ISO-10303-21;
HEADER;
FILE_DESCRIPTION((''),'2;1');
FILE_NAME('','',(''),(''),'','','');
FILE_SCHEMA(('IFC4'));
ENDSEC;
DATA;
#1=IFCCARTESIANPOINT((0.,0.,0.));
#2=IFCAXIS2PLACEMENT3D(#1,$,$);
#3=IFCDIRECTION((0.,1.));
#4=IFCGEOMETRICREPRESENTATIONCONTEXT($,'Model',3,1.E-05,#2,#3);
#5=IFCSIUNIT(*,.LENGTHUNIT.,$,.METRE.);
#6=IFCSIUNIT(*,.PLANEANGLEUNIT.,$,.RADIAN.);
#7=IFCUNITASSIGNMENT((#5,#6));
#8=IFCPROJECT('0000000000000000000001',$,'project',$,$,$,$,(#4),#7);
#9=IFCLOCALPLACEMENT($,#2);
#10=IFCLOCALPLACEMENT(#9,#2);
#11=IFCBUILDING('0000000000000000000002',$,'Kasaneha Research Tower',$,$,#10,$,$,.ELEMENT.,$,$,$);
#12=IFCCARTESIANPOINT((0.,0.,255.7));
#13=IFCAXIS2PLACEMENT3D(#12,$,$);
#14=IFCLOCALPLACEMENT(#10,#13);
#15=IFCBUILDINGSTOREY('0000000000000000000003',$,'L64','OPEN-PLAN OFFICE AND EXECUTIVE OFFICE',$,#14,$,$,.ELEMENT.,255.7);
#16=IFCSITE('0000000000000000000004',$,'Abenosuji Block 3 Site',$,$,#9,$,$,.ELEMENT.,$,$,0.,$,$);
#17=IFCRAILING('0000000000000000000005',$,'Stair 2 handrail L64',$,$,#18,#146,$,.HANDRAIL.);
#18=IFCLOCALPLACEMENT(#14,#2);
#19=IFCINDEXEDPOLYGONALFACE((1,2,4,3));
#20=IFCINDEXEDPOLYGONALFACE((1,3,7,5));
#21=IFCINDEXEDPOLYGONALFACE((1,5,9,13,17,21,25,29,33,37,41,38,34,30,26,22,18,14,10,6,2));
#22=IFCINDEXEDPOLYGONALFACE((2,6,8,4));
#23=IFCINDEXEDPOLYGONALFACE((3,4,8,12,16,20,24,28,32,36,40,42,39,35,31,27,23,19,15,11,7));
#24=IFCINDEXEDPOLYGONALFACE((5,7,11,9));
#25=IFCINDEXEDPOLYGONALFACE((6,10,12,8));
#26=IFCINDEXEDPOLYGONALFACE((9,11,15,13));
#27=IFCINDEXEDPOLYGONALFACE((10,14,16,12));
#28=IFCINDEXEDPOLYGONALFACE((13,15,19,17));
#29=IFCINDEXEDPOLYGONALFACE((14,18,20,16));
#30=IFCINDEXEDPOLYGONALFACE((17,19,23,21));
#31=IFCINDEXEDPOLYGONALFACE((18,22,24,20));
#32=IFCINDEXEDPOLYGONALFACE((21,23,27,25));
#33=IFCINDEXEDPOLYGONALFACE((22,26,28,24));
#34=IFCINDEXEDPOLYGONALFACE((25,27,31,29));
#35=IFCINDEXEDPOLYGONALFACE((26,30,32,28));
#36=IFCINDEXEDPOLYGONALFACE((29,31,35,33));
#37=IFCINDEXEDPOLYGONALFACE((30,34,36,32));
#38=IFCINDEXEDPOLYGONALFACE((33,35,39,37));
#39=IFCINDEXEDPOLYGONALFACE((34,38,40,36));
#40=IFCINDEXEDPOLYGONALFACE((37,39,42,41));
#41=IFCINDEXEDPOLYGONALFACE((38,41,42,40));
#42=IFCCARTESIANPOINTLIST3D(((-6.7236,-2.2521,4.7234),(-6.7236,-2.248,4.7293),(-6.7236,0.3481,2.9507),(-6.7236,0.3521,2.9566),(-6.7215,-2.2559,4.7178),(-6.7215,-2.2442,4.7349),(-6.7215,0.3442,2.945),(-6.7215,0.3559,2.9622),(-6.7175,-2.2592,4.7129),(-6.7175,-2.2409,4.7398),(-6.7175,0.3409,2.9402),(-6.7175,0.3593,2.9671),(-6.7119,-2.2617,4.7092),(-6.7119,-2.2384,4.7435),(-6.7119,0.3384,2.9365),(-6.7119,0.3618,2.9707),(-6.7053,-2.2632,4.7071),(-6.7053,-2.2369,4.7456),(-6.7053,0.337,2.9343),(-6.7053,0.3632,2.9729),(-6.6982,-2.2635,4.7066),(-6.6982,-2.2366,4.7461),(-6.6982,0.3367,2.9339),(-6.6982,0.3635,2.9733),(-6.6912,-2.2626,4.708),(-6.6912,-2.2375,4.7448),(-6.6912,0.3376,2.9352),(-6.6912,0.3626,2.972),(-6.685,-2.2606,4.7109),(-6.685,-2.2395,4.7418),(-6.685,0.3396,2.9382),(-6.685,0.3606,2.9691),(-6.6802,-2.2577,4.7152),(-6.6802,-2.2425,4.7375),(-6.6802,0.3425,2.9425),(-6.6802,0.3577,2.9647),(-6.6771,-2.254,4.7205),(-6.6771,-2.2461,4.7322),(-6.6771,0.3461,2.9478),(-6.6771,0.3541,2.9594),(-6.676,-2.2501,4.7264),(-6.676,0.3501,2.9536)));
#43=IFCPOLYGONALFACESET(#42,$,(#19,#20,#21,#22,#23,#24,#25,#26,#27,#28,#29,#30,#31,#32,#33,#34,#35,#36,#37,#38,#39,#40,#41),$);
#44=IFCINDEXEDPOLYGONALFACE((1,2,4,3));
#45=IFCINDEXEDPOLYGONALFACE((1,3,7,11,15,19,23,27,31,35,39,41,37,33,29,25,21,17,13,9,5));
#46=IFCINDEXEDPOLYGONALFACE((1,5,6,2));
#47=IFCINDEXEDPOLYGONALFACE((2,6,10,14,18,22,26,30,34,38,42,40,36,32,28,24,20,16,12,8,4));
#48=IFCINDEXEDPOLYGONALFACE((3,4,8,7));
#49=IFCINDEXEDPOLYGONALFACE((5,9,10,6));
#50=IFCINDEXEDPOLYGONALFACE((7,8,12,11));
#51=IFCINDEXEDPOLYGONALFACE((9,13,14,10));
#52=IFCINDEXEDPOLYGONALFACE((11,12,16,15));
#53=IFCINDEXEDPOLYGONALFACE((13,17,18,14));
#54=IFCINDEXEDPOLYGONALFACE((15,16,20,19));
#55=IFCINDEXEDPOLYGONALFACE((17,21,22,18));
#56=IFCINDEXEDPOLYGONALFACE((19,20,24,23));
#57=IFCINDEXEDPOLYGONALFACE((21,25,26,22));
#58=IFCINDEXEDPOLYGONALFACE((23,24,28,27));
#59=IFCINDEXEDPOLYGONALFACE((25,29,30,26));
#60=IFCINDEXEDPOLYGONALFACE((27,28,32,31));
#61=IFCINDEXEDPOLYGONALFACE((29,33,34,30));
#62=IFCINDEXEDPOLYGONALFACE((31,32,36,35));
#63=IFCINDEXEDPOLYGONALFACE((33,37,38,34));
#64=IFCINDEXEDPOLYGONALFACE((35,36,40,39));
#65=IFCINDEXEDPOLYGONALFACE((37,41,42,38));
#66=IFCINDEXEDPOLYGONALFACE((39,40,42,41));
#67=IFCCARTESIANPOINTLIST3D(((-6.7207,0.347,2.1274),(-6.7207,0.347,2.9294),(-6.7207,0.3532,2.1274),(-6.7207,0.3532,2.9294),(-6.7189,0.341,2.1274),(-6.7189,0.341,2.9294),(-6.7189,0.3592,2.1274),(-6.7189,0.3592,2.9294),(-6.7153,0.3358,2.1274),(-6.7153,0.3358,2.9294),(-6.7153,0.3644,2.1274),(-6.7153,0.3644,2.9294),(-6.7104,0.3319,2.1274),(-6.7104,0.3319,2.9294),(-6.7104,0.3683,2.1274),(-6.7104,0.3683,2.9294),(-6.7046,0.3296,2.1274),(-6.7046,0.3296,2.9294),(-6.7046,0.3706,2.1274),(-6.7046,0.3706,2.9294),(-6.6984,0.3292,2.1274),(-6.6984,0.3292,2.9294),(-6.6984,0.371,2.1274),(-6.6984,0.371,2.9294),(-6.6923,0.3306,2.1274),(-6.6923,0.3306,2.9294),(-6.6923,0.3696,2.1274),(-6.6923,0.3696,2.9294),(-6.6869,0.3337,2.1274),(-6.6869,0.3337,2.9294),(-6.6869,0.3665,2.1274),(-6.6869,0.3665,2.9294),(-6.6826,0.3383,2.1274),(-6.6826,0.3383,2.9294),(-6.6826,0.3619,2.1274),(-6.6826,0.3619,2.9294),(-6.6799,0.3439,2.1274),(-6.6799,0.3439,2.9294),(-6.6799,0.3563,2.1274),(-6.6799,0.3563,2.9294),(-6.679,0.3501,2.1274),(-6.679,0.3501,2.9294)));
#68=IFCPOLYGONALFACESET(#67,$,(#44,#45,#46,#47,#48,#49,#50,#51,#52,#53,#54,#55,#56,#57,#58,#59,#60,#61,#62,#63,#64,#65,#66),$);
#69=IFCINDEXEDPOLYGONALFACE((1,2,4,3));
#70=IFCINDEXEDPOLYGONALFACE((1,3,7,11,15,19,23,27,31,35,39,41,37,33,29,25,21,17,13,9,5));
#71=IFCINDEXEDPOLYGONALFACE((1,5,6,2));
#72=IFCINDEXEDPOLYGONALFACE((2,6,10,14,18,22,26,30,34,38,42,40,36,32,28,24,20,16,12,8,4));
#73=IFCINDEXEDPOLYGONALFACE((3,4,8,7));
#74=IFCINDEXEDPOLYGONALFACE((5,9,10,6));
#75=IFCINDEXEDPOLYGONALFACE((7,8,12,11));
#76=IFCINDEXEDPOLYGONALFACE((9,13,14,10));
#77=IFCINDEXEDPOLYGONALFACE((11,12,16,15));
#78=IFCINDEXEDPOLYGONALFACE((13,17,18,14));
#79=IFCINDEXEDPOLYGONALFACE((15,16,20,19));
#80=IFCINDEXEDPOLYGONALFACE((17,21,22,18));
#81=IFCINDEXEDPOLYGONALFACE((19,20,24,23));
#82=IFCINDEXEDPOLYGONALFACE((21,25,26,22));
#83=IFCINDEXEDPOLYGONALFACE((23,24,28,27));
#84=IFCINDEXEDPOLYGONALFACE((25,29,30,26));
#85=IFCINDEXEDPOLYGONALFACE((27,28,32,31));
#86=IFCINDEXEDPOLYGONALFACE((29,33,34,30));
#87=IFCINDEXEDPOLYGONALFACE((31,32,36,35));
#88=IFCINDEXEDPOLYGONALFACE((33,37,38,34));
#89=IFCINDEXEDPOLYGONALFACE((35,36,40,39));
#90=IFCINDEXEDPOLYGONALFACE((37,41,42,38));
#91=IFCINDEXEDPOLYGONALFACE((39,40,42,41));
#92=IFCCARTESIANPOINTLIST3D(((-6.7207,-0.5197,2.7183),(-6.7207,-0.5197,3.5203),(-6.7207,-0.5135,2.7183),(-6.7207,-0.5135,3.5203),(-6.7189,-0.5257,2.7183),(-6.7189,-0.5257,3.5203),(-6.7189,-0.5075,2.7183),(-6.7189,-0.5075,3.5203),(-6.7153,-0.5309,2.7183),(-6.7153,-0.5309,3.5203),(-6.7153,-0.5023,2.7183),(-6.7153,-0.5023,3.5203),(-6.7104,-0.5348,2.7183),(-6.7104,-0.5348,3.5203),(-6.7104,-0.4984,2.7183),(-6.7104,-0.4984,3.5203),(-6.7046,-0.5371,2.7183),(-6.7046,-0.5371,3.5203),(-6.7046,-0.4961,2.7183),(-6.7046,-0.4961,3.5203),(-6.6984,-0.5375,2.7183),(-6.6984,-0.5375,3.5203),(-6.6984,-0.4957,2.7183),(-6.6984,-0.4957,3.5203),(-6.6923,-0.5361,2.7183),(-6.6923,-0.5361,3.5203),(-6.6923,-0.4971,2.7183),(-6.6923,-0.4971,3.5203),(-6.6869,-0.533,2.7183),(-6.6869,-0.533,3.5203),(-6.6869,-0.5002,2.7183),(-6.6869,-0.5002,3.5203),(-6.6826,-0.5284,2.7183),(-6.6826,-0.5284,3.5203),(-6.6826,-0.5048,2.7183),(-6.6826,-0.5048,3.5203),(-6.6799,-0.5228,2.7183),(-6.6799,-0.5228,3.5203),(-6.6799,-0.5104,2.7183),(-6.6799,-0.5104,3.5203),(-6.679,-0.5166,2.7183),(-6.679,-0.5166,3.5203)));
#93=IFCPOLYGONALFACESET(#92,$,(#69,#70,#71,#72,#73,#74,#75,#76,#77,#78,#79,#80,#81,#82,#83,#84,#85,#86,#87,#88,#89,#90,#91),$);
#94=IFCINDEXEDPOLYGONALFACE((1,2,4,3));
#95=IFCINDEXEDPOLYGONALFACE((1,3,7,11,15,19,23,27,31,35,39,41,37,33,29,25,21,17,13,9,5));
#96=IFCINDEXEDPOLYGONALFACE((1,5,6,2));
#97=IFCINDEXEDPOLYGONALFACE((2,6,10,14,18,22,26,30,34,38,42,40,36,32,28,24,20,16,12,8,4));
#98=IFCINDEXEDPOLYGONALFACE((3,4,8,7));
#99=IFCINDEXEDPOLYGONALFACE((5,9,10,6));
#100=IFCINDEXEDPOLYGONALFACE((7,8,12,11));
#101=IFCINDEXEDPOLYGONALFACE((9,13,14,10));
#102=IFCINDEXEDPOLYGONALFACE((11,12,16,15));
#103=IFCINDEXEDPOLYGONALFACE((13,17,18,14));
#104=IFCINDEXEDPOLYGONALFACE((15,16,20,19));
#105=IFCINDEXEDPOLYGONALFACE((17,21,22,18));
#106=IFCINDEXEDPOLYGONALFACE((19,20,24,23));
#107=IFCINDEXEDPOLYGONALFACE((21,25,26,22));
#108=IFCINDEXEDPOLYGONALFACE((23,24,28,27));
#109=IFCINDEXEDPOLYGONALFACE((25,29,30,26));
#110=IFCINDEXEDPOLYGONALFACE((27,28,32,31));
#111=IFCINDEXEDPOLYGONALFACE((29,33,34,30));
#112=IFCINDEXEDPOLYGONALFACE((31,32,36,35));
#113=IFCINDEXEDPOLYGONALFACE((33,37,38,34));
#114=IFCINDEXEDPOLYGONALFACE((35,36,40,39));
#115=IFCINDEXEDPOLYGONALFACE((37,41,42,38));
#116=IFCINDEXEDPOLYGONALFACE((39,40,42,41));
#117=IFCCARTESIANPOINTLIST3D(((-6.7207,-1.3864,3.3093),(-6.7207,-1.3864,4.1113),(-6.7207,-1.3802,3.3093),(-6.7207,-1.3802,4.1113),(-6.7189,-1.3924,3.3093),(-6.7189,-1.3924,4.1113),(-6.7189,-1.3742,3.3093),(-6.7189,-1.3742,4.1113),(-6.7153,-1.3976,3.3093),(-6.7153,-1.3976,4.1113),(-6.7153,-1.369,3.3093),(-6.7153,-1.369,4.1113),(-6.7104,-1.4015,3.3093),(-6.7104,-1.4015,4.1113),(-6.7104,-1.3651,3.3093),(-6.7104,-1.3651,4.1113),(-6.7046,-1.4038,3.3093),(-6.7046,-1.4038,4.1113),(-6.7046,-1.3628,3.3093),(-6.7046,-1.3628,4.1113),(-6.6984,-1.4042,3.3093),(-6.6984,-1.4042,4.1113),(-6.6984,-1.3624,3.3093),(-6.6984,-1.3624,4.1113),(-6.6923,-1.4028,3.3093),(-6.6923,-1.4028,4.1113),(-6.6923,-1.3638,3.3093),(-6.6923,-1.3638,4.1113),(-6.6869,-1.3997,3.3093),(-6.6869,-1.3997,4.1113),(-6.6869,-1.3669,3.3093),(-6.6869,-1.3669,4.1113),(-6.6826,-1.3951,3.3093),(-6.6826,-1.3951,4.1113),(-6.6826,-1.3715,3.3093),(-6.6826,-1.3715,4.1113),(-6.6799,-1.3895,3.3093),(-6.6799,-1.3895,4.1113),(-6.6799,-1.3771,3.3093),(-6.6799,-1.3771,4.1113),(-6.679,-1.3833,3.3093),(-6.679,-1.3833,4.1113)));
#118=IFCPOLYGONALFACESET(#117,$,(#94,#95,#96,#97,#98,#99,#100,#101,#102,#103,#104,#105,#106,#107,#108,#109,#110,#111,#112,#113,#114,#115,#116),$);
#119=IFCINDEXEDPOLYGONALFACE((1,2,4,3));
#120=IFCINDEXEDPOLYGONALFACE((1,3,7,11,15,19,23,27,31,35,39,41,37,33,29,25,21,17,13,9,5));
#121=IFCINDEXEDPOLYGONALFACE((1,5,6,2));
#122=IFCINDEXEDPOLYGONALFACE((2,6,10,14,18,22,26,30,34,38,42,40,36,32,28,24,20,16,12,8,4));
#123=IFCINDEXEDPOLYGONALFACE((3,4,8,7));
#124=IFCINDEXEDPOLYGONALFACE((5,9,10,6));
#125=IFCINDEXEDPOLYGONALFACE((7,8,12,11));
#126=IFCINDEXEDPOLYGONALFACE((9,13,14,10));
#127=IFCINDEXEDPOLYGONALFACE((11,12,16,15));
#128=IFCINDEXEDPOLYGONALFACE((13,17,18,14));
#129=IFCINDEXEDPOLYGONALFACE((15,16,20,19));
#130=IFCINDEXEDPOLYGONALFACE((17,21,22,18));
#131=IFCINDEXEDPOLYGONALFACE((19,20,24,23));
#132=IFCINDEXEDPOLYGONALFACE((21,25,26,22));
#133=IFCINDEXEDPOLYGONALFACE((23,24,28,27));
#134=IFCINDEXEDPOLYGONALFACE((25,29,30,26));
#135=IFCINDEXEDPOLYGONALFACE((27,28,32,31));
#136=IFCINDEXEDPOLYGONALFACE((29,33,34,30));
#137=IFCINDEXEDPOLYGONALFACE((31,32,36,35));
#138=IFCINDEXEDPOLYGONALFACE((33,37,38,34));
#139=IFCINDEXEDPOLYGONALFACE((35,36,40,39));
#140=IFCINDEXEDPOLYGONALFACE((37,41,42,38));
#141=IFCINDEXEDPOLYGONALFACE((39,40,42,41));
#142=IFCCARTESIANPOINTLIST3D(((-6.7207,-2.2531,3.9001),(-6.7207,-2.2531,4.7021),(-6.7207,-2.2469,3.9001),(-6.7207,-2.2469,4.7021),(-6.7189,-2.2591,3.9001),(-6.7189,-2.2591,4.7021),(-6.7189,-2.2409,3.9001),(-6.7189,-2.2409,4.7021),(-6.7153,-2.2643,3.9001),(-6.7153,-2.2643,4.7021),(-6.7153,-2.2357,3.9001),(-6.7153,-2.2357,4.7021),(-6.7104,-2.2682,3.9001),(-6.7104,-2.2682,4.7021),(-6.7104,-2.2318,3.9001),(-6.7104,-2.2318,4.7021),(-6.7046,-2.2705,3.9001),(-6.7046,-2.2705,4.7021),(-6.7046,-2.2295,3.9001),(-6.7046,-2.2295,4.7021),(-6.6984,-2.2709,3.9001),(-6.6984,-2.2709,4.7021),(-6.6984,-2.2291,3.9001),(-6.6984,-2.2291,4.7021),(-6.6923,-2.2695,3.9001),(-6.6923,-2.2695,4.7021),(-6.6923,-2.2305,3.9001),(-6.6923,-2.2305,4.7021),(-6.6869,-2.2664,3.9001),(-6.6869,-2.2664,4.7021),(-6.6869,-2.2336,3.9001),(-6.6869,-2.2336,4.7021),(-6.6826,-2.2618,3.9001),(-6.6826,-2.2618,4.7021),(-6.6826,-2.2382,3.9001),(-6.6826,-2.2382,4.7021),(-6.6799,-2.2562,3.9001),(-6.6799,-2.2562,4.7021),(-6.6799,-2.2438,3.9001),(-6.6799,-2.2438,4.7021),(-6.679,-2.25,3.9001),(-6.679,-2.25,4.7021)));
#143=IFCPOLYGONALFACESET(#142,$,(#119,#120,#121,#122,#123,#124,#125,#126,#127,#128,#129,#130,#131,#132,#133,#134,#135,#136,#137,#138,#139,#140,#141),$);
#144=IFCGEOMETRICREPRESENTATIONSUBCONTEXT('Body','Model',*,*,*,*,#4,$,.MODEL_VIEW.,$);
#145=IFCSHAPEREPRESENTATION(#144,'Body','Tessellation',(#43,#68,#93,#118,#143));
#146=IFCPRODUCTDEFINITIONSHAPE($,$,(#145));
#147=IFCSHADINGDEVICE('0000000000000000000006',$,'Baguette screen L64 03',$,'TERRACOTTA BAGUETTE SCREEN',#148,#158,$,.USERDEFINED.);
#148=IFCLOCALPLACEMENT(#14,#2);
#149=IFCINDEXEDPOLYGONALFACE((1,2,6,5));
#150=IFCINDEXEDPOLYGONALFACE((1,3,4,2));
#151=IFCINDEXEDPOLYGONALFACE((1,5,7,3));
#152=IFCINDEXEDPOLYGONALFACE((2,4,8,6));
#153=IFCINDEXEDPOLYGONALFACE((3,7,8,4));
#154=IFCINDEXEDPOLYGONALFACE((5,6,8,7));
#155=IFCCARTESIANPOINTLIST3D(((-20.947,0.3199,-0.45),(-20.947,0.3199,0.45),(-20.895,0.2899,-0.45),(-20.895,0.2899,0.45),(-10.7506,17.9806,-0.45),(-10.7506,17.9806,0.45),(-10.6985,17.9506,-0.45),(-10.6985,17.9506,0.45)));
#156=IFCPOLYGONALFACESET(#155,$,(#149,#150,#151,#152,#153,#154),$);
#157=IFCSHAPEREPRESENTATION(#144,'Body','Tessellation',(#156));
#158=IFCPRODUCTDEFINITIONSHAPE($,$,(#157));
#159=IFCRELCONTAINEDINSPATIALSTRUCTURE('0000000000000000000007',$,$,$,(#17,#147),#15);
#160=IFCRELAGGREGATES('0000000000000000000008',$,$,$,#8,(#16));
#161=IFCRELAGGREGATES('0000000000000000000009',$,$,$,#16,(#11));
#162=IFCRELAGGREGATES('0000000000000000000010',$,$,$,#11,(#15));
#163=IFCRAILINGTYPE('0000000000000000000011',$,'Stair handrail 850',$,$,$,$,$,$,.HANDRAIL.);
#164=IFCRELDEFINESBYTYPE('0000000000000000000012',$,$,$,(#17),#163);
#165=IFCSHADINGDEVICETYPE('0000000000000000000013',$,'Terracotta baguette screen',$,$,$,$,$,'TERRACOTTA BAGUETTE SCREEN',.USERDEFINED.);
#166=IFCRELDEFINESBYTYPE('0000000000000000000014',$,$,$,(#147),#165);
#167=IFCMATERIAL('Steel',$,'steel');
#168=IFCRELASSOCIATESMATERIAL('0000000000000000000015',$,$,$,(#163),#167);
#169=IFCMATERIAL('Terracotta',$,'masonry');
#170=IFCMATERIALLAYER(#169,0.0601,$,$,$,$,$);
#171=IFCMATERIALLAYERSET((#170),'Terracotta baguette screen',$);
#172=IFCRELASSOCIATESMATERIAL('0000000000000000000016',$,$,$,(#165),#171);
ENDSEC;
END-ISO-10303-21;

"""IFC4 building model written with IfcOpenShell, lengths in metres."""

from ifc_helpers import new_model, si_unit, direction, frame, origin, origin_2d, place, context, subcontext, project, spatial, rectangle, circle, extrude, material, layer, layer_set, type_object, element, save


model = new_model("IFC4")

# Units and contexts
model_context = context("Model", 3, precision=1e-05, world=origin(), true_north=direction((0.0, 1.0)))
body_context = subcontext(model_context, "Body", "Model", "MODEL_VIEW")
ifc_project = project(units=[si_unit("LENGTHUNIT", "METRE"), si_unit("PLANEANGLEUNIT", "RADIAN")], contexts=[model_context])

# Site, building, storey
site_placement = place(None, origin())
site = spatial("IfcSite", under=ifc_project, at=site_placement, Name="Abenosuji Block 3 Site", CompositionType="ELEMENT", RefElevation=0.0)
building_placement = place(site_placement, origin())
building = spatial("IfcBuilding", under=site, at=building_placement, Name="Kasaneha Research Tower", CompositionType="ELEMENT")
storey_placement = place(building_placement, frame((0.0, 0.0, 255.7)))
storey = spatial("IfcBuildingStorey", under=building, at=storey_placement, Name="L64", Description="OPEN-PLAN OFFICE AND EXECUTIVE OFFICE", CompositionType="ELEMENT", Elevation=255.7)

# Railing
ifc_material_1 = material(Name="Steel", Category="steel")
railing_type_1 = type_object("IfcRailingType", Name="Stair handrail 850", PredefinedType="HANDRAIL", material=ifc_material_1)
railing_1_placement = place(storey_placement, frame((-6.7, 0.3501, 2.1274)))
element("IfcRailing", 1, at=railing_1_placement, inside=storey, type_object=railing_type_1, Name="Stair 2 handrail L64", PredefinedType="HANDRAIL", context=body_context, shape_type="SweptSolid", body=[
    extrude(circle(Radius=0.0239, at=origin_2d()), frame((0.0, 0.0, 0.8262), z_axis=(0.0, -0.82624, 0.563318), x_axis=(1.0, 0.0, 0.0)), (0.0, 0.0, 1.0), 3.147),
    extrude(circle(Radius=0.021, at=origin_2d()), origin(), (0.0, 0.0, 1.0), 0.802),
    extrude(circle(Radius=0.021, at=origin_2d()), frame((0.0, -0.8667, 0.5908)), (0.0, 0.0, 1.0), 0.802),
    extrude(circle(Radius=0.021, at=origin_2d()), frame((0.0, -1.7334, 1.1819)), (0.0, 0.0, 1.0), 0.802),
    extrude(circle(Radius=0.021, at=origin_2d()), frame((0.0, -2.6001, 1.7727)), (0.0, 0.0, 1.0), 0.802),
])

# Shading device
ifc_material_2 = material(Name="Terracotta", Category="masonry")
ifc_layer_1 = layer(ifc_material_2, 0.0601)
ifc_layer_set_1 = layer_set([ifc_layer_1], Name="Terracotta baguette screen")
shading_device_type = type_object("IfcShadingDeviceType", Name="Terracotta baguette screen", ElementType="TERRACOTTA BAGUETTE SCREEN", PredefinedType="USERDEFINED", material=ifc_layer_set_1)
shading_device_placement = place(storey_placement, frame((-15.8228, 9.1353, -0.45), z_axis=(0.0, 0.0, 1.0), x_axis=(-0.5, -0.866025, 0.0)))
element("IfcShadingDevice", 2, at=shading_device_placement, inside=storey, type_object=shading_device_type, Name="Baguette screen L64 03", ObjectType="TERRACOTTA BAGUETTE SCREEN", PredefinedType="USERDEFINED", context=body_context, shape_type="SweptSolid", body=[
    extrude(rectangle(XDim=20.3928, YDim=0.0601, at=origin_2d()), origin(), (0.0, 0.0, 1.0), 0.8999),
])

save(model, "model.ifc")
